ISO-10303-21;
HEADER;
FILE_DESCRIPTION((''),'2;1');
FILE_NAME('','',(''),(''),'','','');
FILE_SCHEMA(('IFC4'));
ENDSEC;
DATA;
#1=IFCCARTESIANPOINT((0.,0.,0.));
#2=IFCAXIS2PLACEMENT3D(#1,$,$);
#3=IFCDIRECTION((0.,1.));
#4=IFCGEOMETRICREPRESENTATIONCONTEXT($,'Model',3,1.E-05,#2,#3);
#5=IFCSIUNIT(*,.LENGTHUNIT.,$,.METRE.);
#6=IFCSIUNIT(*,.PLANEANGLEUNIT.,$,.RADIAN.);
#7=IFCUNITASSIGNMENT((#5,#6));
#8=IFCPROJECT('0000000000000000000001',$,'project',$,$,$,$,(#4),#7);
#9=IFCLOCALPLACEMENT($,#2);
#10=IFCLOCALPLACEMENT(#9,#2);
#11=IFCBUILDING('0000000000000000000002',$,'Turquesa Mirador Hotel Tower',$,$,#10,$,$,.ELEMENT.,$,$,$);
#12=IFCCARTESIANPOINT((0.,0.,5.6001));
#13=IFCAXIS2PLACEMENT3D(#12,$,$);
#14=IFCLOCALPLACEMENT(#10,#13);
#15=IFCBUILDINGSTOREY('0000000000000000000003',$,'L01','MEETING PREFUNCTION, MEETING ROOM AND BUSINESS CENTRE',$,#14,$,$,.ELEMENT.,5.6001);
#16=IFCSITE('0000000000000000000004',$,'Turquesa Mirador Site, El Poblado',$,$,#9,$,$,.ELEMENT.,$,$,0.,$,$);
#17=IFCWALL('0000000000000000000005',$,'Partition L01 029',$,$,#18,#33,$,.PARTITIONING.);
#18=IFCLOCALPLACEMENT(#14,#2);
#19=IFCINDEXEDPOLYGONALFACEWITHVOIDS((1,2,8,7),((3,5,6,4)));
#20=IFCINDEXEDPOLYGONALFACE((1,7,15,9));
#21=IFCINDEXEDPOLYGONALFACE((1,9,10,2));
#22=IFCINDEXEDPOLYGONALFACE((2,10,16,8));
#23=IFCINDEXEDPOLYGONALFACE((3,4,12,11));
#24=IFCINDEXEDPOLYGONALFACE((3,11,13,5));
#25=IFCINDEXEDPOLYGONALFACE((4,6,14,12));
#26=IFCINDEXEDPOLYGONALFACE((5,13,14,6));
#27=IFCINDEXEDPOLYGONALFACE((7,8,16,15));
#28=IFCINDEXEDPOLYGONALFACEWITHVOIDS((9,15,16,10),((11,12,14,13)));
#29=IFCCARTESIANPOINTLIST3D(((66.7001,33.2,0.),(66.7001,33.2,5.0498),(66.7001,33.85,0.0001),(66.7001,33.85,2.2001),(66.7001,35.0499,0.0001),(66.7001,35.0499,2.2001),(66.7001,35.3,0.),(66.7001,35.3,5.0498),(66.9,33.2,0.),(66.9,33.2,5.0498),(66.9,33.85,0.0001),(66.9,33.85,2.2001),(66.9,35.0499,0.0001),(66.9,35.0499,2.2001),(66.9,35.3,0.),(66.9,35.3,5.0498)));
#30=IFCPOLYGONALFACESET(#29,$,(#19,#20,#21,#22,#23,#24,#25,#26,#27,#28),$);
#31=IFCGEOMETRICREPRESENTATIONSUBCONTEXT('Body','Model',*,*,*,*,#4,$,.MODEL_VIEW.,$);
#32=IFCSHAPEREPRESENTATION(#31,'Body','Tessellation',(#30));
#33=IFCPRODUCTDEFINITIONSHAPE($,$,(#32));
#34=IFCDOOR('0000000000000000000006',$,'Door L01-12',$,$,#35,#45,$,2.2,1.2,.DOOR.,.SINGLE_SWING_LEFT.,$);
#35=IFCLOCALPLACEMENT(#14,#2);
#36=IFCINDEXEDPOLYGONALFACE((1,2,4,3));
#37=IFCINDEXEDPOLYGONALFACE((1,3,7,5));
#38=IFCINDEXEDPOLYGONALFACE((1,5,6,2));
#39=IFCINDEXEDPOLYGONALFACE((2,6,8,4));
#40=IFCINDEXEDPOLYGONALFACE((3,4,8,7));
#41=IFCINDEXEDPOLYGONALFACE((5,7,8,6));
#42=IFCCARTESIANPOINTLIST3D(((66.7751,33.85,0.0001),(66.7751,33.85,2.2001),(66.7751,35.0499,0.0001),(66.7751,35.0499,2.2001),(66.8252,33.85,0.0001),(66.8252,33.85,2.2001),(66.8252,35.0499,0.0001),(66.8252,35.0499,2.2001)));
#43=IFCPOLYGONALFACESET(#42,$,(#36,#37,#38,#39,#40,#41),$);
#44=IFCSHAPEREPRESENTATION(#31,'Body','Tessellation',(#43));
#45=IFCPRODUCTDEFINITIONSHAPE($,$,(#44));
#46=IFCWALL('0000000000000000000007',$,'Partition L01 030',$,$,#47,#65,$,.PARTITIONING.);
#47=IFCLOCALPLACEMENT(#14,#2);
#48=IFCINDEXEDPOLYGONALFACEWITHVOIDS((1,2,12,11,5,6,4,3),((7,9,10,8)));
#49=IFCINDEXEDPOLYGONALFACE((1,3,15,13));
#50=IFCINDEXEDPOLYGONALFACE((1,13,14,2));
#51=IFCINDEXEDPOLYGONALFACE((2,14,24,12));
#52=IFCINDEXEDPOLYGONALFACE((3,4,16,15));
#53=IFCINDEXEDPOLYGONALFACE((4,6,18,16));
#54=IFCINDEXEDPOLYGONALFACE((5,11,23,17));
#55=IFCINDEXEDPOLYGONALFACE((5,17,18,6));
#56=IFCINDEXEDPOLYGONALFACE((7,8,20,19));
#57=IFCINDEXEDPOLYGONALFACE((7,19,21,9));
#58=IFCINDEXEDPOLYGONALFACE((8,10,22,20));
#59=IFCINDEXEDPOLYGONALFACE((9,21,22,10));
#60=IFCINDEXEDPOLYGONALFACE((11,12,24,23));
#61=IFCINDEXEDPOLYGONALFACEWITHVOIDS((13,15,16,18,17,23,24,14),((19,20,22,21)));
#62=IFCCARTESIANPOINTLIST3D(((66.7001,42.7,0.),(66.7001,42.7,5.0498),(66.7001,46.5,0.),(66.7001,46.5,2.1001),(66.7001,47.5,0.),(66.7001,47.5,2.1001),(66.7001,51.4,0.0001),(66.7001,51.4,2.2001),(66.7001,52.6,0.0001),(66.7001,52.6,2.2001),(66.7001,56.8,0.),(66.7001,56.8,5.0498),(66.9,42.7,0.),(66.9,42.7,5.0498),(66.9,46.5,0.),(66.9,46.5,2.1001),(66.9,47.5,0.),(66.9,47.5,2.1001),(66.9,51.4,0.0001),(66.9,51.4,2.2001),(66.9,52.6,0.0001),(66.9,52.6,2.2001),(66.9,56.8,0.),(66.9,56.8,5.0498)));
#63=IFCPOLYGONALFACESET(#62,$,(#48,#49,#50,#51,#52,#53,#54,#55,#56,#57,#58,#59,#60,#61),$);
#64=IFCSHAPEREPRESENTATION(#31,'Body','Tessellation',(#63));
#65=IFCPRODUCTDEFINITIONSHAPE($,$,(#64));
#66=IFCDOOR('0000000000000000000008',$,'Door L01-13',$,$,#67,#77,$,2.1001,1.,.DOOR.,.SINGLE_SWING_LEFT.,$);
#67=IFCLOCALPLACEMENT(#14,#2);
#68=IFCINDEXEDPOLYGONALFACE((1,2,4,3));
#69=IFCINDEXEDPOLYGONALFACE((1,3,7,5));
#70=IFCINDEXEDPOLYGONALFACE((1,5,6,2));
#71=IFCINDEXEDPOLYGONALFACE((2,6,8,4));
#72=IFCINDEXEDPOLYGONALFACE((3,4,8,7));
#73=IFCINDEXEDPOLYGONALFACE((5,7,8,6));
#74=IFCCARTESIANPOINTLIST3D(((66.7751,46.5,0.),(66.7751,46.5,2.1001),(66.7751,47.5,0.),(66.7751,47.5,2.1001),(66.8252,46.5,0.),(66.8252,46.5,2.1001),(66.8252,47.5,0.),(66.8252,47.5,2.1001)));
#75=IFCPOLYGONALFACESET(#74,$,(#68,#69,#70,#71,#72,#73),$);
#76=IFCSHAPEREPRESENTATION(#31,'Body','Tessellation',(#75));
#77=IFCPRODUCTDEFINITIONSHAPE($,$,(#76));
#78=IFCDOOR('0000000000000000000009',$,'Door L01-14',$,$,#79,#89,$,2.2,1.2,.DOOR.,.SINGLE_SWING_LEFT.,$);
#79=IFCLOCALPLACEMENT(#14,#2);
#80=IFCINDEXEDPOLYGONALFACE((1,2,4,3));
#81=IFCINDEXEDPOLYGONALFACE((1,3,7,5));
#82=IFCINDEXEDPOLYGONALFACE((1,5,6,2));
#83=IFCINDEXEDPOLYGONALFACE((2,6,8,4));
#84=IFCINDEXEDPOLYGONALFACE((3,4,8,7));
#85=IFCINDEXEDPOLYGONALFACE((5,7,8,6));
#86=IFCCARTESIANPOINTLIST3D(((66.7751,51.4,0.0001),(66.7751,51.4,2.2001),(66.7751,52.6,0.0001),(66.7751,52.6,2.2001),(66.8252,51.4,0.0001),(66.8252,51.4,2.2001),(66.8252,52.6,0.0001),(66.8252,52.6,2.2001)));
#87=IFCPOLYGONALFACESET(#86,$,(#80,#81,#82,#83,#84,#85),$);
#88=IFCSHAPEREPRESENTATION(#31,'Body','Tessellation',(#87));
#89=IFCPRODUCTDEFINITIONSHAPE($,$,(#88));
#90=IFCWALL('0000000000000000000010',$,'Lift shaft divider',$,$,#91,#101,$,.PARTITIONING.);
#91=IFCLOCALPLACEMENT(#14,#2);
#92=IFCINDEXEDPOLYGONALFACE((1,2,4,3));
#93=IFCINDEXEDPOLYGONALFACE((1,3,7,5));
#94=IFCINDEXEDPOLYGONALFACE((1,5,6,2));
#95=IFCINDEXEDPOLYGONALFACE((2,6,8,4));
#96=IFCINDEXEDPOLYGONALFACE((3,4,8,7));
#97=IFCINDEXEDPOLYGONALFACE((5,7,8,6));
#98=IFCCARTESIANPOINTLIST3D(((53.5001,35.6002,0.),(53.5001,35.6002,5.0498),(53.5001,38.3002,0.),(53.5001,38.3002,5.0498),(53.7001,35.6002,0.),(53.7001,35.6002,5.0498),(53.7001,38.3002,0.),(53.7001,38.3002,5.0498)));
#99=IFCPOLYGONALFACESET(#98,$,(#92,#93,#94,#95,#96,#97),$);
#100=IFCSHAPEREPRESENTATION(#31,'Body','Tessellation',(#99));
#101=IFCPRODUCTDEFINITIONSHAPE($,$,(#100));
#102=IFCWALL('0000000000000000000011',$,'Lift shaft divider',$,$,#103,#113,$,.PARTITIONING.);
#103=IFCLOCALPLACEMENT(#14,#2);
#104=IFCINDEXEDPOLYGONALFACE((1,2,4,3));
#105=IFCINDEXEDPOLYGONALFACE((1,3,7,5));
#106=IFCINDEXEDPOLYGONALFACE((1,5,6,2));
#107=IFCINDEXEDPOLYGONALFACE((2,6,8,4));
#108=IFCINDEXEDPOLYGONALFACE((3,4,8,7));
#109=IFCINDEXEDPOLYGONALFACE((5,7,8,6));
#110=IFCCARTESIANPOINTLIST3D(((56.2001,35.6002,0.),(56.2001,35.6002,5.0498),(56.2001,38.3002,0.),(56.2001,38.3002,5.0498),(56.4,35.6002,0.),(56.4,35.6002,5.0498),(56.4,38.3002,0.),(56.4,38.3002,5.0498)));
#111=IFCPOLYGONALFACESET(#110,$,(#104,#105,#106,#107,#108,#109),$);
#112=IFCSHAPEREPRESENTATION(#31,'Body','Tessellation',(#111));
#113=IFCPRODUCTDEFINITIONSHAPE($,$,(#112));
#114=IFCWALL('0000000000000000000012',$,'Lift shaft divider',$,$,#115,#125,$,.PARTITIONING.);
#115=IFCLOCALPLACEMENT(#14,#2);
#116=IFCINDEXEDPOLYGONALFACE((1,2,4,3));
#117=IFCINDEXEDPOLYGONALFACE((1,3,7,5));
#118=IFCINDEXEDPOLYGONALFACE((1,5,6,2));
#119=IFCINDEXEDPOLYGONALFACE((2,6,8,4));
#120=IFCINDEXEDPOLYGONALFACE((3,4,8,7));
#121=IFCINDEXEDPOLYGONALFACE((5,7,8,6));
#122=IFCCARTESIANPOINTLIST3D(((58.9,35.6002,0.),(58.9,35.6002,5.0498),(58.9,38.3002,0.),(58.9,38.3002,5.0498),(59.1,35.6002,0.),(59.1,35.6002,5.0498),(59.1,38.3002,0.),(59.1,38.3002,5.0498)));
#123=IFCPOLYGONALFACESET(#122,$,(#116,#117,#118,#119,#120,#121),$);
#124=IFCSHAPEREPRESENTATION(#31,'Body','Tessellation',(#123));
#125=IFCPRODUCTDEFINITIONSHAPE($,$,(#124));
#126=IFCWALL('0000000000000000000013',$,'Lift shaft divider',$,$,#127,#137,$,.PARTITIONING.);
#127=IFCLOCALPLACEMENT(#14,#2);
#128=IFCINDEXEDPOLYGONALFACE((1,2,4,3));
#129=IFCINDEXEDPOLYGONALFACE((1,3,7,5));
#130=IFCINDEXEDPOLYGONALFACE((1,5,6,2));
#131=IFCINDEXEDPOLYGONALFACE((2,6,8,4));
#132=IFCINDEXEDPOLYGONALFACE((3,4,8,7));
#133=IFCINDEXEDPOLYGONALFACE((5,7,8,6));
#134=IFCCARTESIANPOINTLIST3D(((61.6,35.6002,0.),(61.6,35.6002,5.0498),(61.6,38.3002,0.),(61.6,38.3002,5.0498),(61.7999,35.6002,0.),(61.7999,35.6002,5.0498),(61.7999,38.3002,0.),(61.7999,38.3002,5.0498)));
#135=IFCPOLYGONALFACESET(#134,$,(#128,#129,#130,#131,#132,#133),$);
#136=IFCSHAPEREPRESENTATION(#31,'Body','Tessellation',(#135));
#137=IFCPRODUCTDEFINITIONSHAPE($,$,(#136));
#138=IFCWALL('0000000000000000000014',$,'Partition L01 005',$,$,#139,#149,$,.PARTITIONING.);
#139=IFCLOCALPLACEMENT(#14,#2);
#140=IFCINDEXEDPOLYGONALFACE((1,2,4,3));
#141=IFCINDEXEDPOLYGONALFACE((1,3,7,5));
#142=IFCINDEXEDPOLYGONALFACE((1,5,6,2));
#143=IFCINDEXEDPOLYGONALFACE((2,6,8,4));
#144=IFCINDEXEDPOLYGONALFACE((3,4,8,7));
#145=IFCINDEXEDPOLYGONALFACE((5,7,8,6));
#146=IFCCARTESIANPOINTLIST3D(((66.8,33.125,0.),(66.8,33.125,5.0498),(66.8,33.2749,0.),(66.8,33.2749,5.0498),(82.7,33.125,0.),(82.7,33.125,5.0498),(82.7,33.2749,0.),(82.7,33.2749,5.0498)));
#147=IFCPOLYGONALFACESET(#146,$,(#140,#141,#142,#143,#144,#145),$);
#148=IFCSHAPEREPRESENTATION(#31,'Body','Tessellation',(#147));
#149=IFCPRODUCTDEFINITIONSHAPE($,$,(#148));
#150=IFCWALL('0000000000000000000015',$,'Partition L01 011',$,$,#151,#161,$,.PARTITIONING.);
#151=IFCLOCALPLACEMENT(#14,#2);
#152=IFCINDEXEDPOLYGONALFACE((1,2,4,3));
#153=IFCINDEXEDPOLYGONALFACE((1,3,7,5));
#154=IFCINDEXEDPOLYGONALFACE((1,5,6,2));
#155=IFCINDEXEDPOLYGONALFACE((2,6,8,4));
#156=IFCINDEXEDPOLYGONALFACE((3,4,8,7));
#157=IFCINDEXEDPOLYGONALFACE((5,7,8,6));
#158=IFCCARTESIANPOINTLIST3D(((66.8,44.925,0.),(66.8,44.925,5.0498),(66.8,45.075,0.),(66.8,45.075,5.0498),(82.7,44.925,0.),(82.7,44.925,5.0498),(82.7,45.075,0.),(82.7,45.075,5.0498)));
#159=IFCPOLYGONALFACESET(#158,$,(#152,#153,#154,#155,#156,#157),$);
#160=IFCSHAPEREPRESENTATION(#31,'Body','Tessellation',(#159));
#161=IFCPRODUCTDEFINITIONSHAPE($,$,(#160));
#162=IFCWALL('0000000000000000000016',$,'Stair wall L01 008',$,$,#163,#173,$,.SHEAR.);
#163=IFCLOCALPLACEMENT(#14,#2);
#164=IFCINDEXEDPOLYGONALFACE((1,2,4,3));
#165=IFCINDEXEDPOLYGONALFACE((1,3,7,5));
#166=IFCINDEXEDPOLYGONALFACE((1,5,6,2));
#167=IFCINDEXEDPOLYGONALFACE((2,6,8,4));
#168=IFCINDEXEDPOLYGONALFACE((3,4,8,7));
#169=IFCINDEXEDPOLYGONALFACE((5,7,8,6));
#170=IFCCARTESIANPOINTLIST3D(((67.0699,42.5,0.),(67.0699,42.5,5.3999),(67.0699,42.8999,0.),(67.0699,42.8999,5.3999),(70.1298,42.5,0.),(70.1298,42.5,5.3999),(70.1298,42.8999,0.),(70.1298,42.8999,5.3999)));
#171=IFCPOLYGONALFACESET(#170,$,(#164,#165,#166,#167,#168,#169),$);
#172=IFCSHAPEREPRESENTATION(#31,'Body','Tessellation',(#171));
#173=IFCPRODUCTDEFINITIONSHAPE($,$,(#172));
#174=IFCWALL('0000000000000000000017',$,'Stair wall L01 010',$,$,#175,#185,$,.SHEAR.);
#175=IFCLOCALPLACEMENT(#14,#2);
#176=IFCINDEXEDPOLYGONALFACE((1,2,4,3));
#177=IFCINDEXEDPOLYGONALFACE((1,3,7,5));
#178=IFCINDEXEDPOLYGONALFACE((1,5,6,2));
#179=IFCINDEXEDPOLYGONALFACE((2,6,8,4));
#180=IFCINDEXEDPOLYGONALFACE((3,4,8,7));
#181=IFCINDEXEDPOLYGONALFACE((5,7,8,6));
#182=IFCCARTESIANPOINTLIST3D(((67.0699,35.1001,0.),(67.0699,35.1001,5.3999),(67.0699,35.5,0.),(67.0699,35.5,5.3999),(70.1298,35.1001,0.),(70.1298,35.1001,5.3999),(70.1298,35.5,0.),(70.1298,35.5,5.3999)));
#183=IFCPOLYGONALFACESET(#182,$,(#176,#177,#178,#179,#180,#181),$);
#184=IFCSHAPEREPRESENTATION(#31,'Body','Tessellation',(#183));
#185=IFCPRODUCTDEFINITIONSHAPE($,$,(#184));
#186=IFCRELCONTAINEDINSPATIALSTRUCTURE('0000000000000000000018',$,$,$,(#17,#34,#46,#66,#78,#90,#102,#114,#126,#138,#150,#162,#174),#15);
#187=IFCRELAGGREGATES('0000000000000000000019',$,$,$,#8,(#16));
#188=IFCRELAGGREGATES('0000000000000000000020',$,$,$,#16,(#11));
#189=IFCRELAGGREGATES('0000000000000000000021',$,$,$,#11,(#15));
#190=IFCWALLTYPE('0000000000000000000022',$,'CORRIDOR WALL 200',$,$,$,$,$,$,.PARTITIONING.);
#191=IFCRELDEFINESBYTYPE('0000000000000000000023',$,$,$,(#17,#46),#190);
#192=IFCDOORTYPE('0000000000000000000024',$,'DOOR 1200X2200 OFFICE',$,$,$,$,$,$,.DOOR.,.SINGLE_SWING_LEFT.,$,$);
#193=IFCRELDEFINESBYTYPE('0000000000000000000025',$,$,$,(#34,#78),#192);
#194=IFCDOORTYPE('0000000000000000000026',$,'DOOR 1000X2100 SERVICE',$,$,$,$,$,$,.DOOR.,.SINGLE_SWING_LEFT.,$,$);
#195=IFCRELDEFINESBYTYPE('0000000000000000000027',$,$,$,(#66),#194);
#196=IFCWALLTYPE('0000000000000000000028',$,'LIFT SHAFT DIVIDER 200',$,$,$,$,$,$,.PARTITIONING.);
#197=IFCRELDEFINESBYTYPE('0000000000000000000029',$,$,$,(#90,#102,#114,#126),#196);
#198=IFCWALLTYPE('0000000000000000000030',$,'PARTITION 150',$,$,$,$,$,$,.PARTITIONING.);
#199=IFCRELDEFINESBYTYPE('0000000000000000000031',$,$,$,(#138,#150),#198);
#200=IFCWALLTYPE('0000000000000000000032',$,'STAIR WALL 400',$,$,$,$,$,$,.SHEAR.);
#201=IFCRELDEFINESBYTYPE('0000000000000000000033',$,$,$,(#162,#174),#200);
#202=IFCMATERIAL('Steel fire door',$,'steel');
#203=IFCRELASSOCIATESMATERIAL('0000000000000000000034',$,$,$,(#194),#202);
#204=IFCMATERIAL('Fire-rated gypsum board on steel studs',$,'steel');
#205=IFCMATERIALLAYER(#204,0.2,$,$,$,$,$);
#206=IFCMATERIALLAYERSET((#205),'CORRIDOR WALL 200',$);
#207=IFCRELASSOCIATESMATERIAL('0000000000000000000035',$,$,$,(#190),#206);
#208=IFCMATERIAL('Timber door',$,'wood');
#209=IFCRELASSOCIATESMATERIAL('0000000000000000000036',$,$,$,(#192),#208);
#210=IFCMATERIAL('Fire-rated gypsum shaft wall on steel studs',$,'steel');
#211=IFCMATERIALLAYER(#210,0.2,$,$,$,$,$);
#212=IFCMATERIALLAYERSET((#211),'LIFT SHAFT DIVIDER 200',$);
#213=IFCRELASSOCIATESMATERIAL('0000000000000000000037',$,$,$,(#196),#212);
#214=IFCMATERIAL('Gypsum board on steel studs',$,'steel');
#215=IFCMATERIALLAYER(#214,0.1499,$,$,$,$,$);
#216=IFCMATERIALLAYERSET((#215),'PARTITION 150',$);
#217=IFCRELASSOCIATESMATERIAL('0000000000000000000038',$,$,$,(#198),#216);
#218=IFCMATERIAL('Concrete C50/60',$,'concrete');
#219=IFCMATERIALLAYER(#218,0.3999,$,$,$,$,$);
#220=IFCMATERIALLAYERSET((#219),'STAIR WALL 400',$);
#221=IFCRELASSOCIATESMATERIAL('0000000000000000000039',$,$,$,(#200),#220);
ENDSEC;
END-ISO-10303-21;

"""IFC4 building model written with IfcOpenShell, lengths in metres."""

from ifc_helpers import new_model, si_unit, direction, frame, frame_2d, origin, place, context, subcontext, project, spatial, rectangle, extrude, material, layer, layer_set, type_object, element, fill, save


model = new_model("IFC4")

# Units and contexts
model_context = context("Model", 3, precision=1e-05, world=origin(), true_north=direction((0.0, 1.0)))
body_context = subcontext(model_context, "Body", "Model", "MODEL_VIEW")
ifc_project = project(units=[si_unit("LENGTHUNIT", "METRE"), si_unit("PLANEANGLEUNIT", "RADIAN")], contexts=[model_context])

# Site, building, storey
site_placement = place(None, origin())
site = spatial("IfcSite", under=ifc_project, at=site_placement, Name="Turquesa Mirador Site, El Poblado", CompositionType="ELEMENT", RefElevation=0.0)
building_placement = place(site_placement, origin())
building = spatial("IfcBuilding", under=site, at=building_placement, Name="Turquesa Mirador Hotel Tower", CompositionType="ELEMENT")
storey_placement = place(building_placement, frame((0.0, 0.0, 5.6001)))
storey = spatial("IfcBuildingStorey", under=building, at=storey_placement, Name="L01", Description="MEETING PREFUNCTION, MEETING ROOM AND BUSINESS CENTRE", CompositionType="ELEMENT", Elevation=5.6001)

# Shared definitions
ifc_material_1 = material(Name="Steel fire door", Category="steel")
door_type_1 = type_object("IfcDoorType", Name="DOOR 1000X2100 SERVICE", OperationType="SINGLE_SWING_LEFT", PredefinedType="DOOR", material=ifc_material_1)

# Wall, opening, door
ifc_material_2 = material(Name="Fire-rated gypsum board on steel studs", Category="steel")
ifc_layer_1 = layer(ifc_material_2, 0.2)
ifc_layer_set_1 = layer_set([ifc_layer_1], Name="CORRIDOR WALL 200")
wall_type_1 = type_object("IfcWallType", Name="CORRIDOR WALL 200", PredefinedType="PARTITIONING", material=ifc_layer_set_1)
wall_1_placement = place(storey_placement, frame((66.8, 33.2, 0.0), z_axis=(0.0, 0.0, 1.0), x_axis=(0.0, 1.0, 0.0)))
wall_1 = element("IfcWall", 1, at=wall_1_placement, inside=storey, type_object=wall_type_1, Name="Partition L01 029", PredefinedType="PARTITIONING", context=body_context, shape_type="SweptSolid", body=[
    extrude(rectangle(XDim=2.1001, YDim=0.2, at=frame_2d((1.05, 0.0))), origin(), (0.0, 0.0, 1.0), 5.0498),
])
opening_1_placement = place(wall_1_placement, frame((0.6499, 0.0, 0.0)))
opening_1 = element("IfcOpeningElement", 2, at=opening_1_placement, cuts=wall_1, PredefinedType="OPENING", context=body_context, shape_type="SweptSolid", body=[
    extrude(rectangle(XDim=1.2, YDim=2.2, at=frame_2d((0.6001, 1.1001))), frame((0.0, 0.1099, 0.0), z_axis=(0.0, -1.0, 0.0), x_axis=(1.0, 0.0, 0.0)), (0.0, 0.0, 1.0), 0.22),
])
ifc_material_3 = material(Name="Timber door", Category="wood")
door_type_2 = type_object("IfcDoorType", Name="DOOR 1200X2200 OFFICE", OperationType="SINGLE_SWING_LEFT", PredefinedType="DOOR", material=ifc_material_3)
door_1_placement = place(opening_1_placement, origin())
door_1 = element("IfcDoor", 3, at=door_1_placement, inside=storey, type_object=door_type_2, Name="Door L01-12", OperationType="SINGLE_SWING_LEFT", OverallHeight=2.2, OverallWidth=1.2, PredefinedType="DOOR", context=body_context, shape_type="SweptSolid", body=[
    extrude(rectangle(XDim=1.2, YDim=2.2, at=frame_2d((0.6001, 1.1001))), frame((0.0, 0.0249, 0.0), z_axis=(0.0, -1.0, 0.0), x_axis=(1.0, 0.0, 0.0)), (0.0, 0.0, 1.0), 0.05),
])
fill(opening_1, door_1)

# Wall, openings, doors
wall_2_placement = place(storey_placement, frame((66.8, 42.7, 0.0), z_axis=(0.0, 0.0, 1.0), x_axis=(0.0, 1.0, 0.0)))
wall_2 = element("IfcWall", 4, at=wall_2_placement, inside=storey, type_object=wall_type_1, Name="Partition L01 030", PredefinedType="PARTITIONING", context=body_context, shape_type="SweptSolid", body=[
    extrude(rectangle(XDim=14.1001, YDim=0.2, at=frame_2d((7.05, 0.0))), origin(), (0.0, 0.0, 1.0), 5.0498),
])
opening_2_placement = place(wall_2_placement, frame((3.8, 0.0, 0.0)))
opening_2 = element("IfcOpeningElement", 5, at=opening_2_placement, cuts=wall_2, PredefinedType="OPENING", context=body_context, shape_type="SweptSolid", body=[
    extrude(rectangle(XDim=1.0, YDim=2.1001, at=frame_2d((0.5, 1.05))), frame((0.0, 0.1099, 0.0), z_axis=(0.0, -1.0, 0.0), x_axis=(1.0, 0.0, 0.0)), (0.0, 0.0, 1.0), 0.22),
])
opening_3_placement = place(wall_2_placement, frame((8.7, 0.0, 0.0)))
opening_3 = element("IfcOpeningElement", 6, at=opening_3_placement, cuts=wall_2, PredefinedType="OPENING", context=body_context, shape_type="SweptSolid", body=[
    extrude(rectangle(XDim=1.2, YDim=2.2, at=frame_2d((0.6001, 1.1001))), frame((0.0, 0.1099, 0.0), z_axis=(0.0, -1.0, 0.0), x_axis=(1.0, 0.0, 0.0)), (0.0, 0.0, 1.0), 0.22),
])
door_2_placement = place(opening_2_placement, origin())
door_2 = element("IfcDoor", 7, at=door_2_placement, inside=storey, type_object=door_type_1, Name="Door L01-13", OperationType="SINGLE_SWING_LEFT", OverallHeight=2.1001, OverallWidth=1.0, PredefinedType="DOOR", context=body_context, shape_type="SweptSolid", body=[
    extrude(rectangle(XDim=1.0, YDim=2.1001, at=frame_2d((0.5, 1.05))), frame((0.0, 0.0249, 0.0), z_axis=(0.0, -1.0, 0.0), x_axis=(1.0, 0.0, 0.0)), (0.0, 0.0, 1.0), 0.05),
])
fill(opening_2, door_2)
door_3_placement = place(opening_3_placement, origin())
door_3 = element("IfcDoor", 8, at=door_3_placement, inside=storey, type_object=door_type_2, Name="Door L01-14", OperationType="SINGLE_SWING_LEFT", OverallHeight=2.2, OverallWidth=1.2, PredefinedType="DOOR", context=body_context, shape_type="SweptSolid", body=[
    extrude(rectangle(XDim=1.2, YDim=2.2, at=frame_2d((0.6001, 1.1001))), frame((0.0, 0.0249, 0.0), z_axis=(0.0, -1.0, 0.0), x_axis=(1.0, 0.0, 0.0)), (0.0, 0.0, 1.0), 0.05),
])
fill(opening_3, door_3)

# Walls
ifc_material_4 = material(Name="Fire-rated gypsum shaft wall on steel studs", Category="steel")
ifc_layer_2 = layer(ifc_material_4, 0.2)
ifc_layer_set_2 = layer_set([ifc_layer_2], Name="LIFT SHAFT DIVIDER 200")
wall_type_2 = type_object("IfcWallType", Name="LIFT SHAFT DIVIDER 200", PredefinedType="PARTITIONING", material=ifc_layer_set_2)
for number, where, z_axis, x_axis, name in (
    (9, (53.6001, 35.6001, 0.0), (0.0, 0.0, 1.0), (0.0, 1.0, 0.0), "Lift shaft divider"),
    (10, (56.3, 35.6001, 0.0), (0.0, 0.0, 1.0), (0.0, 1.0, 0.0), "Lift shaft divider"),
    (11, (59.0, 35.6001, 0.0), (0.0, 0.0, 1.0), (0.0, 1.0, 0.0), "Lift shaft divider"),
    (12, (61.7, 35.6001, 0.0), (0.0, 0.0, 1.0), (0.0, 1.0, 0.0), "Lift shaft divider"),
):
    element("IfcWall", number, at=place(storey_placement, frame(where, z_axis=z_axis, x_axis=x_axis)), inside=storey, type_object=wall_type_2, Name=name, PredefinedType="PARTITIONING", context=body_context, shape_type="SweptSolid", body=[
        extrude(rectangle(XDim=2.7, YDim=0.2, at=frame_2d((1.3501, 0.0))), origin(), (0.0, 0.0, 1.0), 5.0498),
    ])
ifc_material_5 = material(Name="Gypsum board on steel studs", Category="steel")
ifc_layer_3 = layer(ifc_material_5, 0.1499)
ifc_layer_set_3 = layer_set([ifc_layer_3], Name="PARTITION 150")
wall_type_3 = type_object("IfcWallType", Name="PARTITION 150", PredefinedType="PARTITIONING", material=ifc_layer_set_3)
for number, where, z_axis, x_axis, name in (
    (13, (66.8, 33.2, 0.0), (0.0, 0.0, 1.0), (1.0, 0.0, 0.0), "Partition L01 005"),
    (14, (66.8, 45.0, 0.0), (0.0, 0.0, 1.0), (1.0, 0.0, 0.0), "Partition L01 011"),
):
    element("IfcWall", number, at=place(storey_placement, frame(where, z_axis=z_axis, x_axis=x_axis)), inside=storey, type_object=wall_type_3, Name=name, PredefinedType="PARTITIONING", context=body_context, shape_type="SweptSolid", body=[
        extrude(rectangle(XDim=15.8999, YDim=0.1499, at=frame_2d((7.95, 0.0))), origin(), (0.0, 0.0, 1.0), 5.0498),
    ])
ifc_material_6 = material(Name="Concrete C50/60", Category="concrete")
ifc_layer_4 = layer(ifc_material_6, 0.3999)
ifc_layer_set_4 = layer_set([ifc_layer_4], Name="STAIR WALL 400")
wall_type_4 = type_object("IfcWallType", Name="STAIR WALL 400", PredefinedType="SHEAR", material=ifc_layer_set_4)
for number, where, z_axis, x_axis, name in (
    (15, (67.0701, 42.7, 0.0), (0.0, 0.0, 1.0), (1.0, 0.0, 0.0), "Stair wall L01 008"),
    (16, (67.0701, 35.3, 0.0), (0.0, 0.0, 1.0), (1.0, 0.0, 0.0), "Stair wall L01 010"),
):
    element("IfcWall", number, at=place(storey_placement, frame(where, z_axis=z_axis, x_axis=x_axis)), inside=storey, type_object=wall_type_4, Name=name, PredefinedType="SHEAR", context=body_context, shape_type="SweptSolid", body=[
        extrude(rectangle(XDim=3.0598, YDim=0.3999, at=frame_2d((1.5298, 0.0))), origin(), (0.0, 0.0, 1.0), 5.3999),
    ])

save(model, "model.ifc")
